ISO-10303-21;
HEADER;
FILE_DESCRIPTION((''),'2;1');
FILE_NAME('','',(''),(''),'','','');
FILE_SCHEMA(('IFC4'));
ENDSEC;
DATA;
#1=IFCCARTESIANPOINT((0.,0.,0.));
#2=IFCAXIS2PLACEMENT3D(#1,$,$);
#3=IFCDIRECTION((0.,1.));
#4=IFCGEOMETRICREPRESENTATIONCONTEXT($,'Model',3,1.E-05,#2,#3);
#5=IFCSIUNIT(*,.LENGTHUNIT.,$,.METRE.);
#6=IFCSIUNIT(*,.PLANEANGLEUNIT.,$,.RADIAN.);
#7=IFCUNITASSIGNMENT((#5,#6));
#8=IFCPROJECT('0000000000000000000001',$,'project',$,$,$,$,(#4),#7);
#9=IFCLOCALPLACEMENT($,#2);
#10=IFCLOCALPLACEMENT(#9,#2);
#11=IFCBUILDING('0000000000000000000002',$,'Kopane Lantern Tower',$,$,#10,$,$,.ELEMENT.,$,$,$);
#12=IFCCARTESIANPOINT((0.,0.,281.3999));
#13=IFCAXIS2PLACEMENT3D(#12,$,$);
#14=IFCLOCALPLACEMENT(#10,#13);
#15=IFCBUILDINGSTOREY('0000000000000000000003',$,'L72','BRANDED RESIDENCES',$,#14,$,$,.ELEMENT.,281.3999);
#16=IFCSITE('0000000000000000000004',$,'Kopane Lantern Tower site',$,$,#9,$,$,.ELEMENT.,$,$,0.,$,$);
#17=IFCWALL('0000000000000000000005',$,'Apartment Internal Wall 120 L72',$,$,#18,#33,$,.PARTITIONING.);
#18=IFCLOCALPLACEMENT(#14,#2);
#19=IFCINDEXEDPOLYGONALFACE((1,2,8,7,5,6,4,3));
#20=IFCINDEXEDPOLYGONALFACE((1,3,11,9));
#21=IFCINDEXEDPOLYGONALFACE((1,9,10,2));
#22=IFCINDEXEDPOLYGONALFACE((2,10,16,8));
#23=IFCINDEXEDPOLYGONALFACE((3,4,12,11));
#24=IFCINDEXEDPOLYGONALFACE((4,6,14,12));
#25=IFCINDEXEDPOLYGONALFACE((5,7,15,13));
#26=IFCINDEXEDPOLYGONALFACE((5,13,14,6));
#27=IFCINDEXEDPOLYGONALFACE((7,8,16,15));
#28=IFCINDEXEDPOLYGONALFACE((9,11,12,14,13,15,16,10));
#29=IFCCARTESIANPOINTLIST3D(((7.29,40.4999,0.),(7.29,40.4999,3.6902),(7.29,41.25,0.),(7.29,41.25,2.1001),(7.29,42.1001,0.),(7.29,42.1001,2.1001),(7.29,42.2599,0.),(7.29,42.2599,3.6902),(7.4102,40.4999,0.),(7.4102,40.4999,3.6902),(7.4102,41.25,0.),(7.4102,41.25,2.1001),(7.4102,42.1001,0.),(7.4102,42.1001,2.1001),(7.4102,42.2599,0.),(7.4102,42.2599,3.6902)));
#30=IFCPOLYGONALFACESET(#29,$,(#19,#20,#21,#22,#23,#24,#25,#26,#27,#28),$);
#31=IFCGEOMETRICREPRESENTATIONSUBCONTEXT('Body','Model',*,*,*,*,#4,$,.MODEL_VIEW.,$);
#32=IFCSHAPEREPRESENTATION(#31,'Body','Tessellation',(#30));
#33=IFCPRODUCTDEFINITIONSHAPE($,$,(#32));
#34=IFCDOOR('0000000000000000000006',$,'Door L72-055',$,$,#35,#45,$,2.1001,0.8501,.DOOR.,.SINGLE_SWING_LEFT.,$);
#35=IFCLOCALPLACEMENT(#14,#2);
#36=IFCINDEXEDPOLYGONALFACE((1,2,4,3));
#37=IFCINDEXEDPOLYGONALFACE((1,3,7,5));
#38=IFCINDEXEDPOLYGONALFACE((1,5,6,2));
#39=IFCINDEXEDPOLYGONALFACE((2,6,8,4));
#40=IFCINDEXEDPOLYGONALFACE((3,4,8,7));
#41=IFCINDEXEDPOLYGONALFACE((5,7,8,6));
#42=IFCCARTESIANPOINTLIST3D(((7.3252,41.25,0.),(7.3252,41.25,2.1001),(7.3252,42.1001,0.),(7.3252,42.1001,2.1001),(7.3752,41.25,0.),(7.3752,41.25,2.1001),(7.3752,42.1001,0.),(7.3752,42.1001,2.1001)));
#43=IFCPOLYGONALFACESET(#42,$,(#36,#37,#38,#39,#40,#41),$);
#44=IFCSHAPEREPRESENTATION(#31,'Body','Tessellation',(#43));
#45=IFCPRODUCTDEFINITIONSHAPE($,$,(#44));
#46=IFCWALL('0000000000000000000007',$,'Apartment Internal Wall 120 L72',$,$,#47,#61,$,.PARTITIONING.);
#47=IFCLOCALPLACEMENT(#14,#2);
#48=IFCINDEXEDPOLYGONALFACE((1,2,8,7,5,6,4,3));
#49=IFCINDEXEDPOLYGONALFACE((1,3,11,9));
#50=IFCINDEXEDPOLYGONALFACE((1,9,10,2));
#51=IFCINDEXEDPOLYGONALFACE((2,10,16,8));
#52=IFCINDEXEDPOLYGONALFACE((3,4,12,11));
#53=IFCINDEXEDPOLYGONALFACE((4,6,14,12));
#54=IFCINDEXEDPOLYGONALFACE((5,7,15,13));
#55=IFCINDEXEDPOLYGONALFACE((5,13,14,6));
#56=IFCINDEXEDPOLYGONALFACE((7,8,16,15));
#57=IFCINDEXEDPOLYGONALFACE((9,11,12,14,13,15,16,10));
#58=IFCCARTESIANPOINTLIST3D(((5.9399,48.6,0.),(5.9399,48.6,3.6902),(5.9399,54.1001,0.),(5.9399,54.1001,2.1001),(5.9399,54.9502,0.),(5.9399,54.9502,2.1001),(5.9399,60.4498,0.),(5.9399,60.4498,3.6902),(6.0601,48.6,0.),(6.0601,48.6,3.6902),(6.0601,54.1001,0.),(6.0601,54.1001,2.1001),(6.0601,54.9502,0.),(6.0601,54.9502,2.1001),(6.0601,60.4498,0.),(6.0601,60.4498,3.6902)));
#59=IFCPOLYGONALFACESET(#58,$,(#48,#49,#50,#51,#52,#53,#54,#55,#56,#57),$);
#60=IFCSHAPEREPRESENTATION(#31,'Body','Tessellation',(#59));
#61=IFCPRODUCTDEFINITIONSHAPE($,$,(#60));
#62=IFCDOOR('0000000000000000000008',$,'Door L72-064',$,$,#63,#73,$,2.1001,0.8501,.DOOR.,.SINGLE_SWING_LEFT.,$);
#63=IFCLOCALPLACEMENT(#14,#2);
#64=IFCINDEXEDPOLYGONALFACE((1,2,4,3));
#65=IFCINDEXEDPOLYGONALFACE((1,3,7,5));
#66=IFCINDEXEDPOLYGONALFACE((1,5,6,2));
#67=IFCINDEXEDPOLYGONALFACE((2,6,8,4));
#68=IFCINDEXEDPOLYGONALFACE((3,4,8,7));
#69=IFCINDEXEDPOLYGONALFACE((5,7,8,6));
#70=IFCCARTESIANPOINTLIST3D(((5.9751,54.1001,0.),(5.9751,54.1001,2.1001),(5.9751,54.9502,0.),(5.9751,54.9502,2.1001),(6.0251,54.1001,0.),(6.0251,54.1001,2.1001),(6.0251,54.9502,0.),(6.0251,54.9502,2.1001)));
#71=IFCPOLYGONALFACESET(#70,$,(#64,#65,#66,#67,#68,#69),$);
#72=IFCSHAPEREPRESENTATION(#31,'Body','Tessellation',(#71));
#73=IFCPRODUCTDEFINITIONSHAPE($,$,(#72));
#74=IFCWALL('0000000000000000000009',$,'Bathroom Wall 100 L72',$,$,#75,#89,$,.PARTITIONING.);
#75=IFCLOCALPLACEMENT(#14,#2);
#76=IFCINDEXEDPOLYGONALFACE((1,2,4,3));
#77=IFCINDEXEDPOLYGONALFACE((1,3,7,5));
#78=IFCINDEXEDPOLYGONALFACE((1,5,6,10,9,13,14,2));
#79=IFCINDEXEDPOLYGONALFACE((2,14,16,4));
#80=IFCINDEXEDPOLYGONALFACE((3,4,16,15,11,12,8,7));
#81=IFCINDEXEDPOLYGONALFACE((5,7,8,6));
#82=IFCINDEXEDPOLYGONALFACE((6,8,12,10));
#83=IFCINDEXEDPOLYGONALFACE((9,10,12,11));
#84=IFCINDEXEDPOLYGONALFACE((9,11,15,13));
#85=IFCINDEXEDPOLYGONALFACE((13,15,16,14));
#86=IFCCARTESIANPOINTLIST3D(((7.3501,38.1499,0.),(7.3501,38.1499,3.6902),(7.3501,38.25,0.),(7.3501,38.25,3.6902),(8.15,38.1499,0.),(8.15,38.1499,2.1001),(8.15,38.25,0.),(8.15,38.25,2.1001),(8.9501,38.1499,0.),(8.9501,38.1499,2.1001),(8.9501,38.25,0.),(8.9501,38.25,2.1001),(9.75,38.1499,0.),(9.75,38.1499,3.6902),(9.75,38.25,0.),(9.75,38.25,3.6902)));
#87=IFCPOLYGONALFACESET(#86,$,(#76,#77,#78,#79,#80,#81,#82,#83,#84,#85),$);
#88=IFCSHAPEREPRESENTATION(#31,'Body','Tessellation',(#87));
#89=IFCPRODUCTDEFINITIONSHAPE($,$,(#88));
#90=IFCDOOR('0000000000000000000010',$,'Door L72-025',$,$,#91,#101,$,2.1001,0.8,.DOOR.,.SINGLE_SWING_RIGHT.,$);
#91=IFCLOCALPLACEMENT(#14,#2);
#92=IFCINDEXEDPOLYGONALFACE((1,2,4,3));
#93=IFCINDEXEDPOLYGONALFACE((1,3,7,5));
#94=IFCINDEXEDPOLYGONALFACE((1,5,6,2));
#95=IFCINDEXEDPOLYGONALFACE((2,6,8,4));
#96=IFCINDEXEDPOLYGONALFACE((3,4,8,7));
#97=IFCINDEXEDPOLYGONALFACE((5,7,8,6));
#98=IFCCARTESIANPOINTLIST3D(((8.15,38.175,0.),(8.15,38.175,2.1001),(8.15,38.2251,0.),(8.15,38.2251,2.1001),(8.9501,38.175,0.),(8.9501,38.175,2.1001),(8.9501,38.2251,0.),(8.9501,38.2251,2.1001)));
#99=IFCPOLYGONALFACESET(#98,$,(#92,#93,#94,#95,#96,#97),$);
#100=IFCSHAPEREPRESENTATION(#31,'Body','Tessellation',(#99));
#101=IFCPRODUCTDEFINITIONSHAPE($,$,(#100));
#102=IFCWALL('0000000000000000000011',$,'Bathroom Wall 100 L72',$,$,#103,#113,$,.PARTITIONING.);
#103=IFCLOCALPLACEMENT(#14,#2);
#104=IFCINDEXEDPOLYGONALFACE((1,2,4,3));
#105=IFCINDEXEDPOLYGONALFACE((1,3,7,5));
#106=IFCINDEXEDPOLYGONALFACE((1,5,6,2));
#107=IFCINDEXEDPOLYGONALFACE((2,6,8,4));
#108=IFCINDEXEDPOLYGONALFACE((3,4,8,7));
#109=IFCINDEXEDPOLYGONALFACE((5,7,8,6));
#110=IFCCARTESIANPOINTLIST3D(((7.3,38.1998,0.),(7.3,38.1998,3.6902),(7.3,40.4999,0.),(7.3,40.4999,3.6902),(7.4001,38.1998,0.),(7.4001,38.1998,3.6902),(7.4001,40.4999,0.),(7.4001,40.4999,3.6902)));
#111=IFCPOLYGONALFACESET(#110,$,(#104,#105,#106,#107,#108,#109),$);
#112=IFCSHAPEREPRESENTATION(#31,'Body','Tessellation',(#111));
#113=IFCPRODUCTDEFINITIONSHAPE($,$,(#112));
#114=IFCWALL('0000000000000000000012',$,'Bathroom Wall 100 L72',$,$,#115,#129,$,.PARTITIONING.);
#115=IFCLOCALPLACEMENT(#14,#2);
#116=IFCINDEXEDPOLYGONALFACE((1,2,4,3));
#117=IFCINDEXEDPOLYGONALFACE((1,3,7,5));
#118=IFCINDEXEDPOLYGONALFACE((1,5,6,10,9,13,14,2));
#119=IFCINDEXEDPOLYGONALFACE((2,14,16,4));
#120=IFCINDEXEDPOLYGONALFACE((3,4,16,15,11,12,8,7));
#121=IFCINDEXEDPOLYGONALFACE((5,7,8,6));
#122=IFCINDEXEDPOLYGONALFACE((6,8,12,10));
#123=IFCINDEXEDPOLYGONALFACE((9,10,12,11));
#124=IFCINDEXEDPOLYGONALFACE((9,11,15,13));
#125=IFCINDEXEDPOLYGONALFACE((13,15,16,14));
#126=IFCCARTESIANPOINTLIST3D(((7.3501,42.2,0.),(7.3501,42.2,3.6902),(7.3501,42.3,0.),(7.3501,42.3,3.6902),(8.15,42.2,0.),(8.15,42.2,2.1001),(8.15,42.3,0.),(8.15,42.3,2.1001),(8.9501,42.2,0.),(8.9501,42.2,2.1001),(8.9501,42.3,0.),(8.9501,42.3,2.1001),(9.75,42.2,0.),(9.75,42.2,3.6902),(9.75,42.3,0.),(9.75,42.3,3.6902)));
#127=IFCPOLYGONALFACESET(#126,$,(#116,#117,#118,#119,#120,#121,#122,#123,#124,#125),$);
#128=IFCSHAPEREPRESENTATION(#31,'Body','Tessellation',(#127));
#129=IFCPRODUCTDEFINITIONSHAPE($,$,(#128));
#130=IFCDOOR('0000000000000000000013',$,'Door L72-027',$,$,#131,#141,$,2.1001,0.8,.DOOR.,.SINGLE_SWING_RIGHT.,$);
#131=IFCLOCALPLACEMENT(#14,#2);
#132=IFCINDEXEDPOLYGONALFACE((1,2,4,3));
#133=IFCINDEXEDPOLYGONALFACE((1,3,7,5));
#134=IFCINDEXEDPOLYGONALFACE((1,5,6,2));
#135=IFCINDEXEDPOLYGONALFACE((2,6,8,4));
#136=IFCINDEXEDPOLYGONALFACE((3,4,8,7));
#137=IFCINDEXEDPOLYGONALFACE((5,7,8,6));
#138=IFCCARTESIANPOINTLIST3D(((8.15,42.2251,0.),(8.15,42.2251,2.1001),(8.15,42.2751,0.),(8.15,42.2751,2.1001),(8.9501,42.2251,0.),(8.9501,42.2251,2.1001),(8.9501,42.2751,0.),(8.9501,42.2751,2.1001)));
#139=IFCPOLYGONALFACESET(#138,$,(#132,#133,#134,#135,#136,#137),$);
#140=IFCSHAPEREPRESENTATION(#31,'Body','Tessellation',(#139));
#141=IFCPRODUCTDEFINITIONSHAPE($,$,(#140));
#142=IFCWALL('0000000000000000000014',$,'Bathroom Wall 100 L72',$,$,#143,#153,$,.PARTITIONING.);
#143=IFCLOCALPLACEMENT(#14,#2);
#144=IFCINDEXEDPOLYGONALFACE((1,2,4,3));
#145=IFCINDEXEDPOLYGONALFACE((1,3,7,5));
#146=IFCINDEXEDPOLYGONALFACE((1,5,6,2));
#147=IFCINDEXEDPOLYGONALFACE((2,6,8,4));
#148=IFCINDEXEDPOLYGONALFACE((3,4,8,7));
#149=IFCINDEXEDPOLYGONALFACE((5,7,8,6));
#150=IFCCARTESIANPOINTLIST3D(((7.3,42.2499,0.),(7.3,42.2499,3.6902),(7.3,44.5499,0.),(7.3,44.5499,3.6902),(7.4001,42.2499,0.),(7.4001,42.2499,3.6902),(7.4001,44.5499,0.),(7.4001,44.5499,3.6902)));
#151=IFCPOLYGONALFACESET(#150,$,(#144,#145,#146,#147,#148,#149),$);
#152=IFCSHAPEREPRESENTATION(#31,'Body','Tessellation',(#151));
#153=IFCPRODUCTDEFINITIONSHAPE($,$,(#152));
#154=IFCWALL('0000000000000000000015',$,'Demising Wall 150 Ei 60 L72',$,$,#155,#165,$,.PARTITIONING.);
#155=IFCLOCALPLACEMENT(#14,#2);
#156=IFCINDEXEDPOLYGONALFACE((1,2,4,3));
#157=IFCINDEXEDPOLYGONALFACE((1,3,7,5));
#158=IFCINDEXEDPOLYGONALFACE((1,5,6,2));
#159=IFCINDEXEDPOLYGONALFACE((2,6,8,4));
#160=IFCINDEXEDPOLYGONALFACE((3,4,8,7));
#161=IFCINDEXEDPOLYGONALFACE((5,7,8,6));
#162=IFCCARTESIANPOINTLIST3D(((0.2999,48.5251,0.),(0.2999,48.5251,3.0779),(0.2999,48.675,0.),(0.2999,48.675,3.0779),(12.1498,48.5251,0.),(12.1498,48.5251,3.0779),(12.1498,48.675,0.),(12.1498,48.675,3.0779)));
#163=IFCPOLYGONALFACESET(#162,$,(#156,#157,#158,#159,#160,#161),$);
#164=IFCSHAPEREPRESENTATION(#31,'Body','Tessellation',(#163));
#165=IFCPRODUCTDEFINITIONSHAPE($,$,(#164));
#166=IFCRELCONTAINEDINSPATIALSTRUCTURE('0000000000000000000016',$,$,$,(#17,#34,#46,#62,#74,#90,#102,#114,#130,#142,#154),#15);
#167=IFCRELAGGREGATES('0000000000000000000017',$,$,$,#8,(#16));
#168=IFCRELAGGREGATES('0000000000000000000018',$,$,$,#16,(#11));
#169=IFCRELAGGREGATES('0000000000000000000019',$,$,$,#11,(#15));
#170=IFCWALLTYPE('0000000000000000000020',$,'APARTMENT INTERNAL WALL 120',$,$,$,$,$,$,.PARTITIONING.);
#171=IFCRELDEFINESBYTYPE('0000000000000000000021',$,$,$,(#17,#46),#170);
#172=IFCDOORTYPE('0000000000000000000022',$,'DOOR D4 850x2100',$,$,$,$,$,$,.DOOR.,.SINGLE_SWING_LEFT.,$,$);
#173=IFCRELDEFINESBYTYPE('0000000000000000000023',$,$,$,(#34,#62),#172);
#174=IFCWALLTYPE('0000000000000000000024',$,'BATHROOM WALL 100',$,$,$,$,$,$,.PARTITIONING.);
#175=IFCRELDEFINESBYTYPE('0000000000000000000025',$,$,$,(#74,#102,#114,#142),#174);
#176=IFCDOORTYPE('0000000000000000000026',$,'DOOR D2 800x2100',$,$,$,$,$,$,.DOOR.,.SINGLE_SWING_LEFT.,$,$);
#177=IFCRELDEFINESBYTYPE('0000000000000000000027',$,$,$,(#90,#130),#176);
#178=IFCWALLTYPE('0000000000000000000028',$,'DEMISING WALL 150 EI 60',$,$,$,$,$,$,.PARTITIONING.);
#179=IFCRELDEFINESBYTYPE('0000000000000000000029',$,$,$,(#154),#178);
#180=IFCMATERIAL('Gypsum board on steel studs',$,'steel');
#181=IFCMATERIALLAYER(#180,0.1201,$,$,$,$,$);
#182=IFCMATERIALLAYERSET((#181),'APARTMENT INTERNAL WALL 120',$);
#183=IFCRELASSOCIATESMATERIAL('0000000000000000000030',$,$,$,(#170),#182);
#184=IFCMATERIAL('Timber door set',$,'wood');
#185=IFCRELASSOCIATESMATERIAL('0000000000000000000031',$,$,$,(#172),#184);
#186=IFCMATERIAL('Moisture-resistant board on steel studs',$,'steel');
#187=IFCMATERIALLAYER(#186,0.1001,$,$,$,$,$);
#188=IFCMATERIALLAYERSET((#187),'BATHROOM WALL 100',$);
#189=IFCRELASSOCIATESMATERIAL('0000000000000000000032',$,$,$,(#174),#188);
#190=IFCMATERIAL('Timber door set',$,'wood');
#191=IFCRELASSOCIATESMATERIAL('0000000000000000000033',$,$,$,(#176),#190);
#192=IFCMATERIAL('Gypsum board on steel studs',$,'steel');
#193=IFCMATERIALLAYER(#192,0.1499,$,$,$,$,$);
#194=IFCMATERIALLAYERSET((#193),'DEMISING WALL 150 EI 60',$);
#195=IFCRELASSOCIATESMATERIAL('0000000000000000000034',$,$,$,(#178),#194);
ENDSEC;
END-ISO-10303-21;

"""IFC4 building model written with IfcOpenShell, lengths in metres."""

from ifc_helpers import new_model, si_unit, direction, frame, frame_2d, origin, place, context, subcontext, project, spatial, rectangle, extrude, material, layer, layer_set, type_object, element, fill, save


model = new_model("IFC4")

# Units and contexts
model_context = context("Model", 3, precision=1e-05, world=origin(), true_north=direction((0.0, 1.0)))
body_context = subcontext(model_context, "Body", "Model", "MODEL_VIEW")
ifc_project = project(units=[si_unit("LENGTHUNIT", "METRE"), si_unit("PLANEANGLEUNIT", "RADIAN")], contexts=[model_context])

# Site, building, storey
site_placement = place(None, origin())
site = spatial("IfcSite", under=ifc_project, at=site_placement, Name="Kopane Lantern Tower site", CompositionType="ELEMENT", RefElevation=0.0)
building_placement = place(site_placement, origin())
building = spatial("IfcBuilding", under=site, at=building_placement, Name="Kopane Lantern Tower", CompositionType="ELEMENT")
storey_placement = place(building_placement, frame((0.0, 0.0, 281.3999)))
storey = spatial("IfcBuildingStorey", under=building, at=storey_placement, Name="L72", Description="BRANDED RESIDENCES", CompositionType="ELEMENT", Elevation=281.3999)

# Shared definitions
ifc_material_1 = material(Name="Gypsum board on steel studs", Category="steel")
ifc_layer_1 = layer(ifc_material_1, 0.1201)
ifc_layer_set_1 = layer_set([ifc_layer_1], Name="APARTMENT INTERNAL WALL 120")
wall_type_1 = type_object("IfcWallType", Name="APARTMENT INTERNAL WALL 120", PredefinedType="PARTITIONING", material=ifc_layer_set_1)

# Walls, openings, doors
wall_1_placement = place(storey_placement, frame((7.3501, 40.5, 0.0), z_axis=(0.0, 0.0, 1.0), x_axis=(0.0, 1.0, 0.0)))
wall_1 = element("IfcWall", 1, at=wall_1_placement, inside=storey, type_object=wall_type_1, Name="Apartment Internal Wall 120 L72", PredefinedType="PARTITIONING", context=body_context, shape_type="SweptSolid", body=[
    extrude(rectangle(XDim=1.76, YDim=0.1201, at=frame_2d((0.8799, 0.0))), origin(), (0.0, 0.0, 1.0), 3.6902),
])
opening_1_placement = place(wall_1_placement, frame((0.75, 0.0, 0.0)))
opening_1 = element("IfcOpeningElement", 2, at=opening_1_placement, cuts=wall_1, PredefinedType="OPENING", context=body_context, shape_type="SweptSolid", body=[
    extrude(rectangle(XDim=0.8501, YDim=2.1001, at=frame_2d((0.425, 1.05))), frame((0.0, 0.0701, 0.0), z_axis=(0.0, -1.0, 0.0), x_axis=(1.0, 0.0, 0.0)), (0.0, 0.0, 1.0), 0.1401),
])
ifc_material_2 = material(Name="Timber door set", Category="wood")
door_type_1 = type_object("IfcDoorType", Name="DOOR D4 850x2100", OperationType="SINGLE_SWING_LEFT", PredefinedType="DOOR", material=ifc_material_2)
door_1_placement = place(opening_1_placement, origin())
door_1 = element("IfcDoor", 3, at=door_1_placement, inside=storey, type_object=door_type_1, Name="Door L72-055", OperationType="SINGLE_SWING_LEFT", OverallHeight=2.1001, OverallWidth=0.8501, PredefinedType="DOOR", context=body_context, shape_type="SweptSolid", body=[
    extrude(rectangle(XDim=0.8501, YDim=2.1001, at=frame_2d((0.425, 1.05))), frame((0.0, 0.0249, 0.0), z_axis=(0.0, -1.0, 0.0), x_axis=(1.0, 0.0, 0.0)), (0.0, 0.0, 1.0), 0.05),
])
fill(opening_1, door_1)
wall_2_placement = place(storey_placement, frame((6.0, 48.6001, 0.0), z_axis=(0.0, 0.0, 1.0), x_axis=(0.0, 1.0, 0.0)))
wall_2 = element("IfcWall", 4, at=wall_2_placement, inside=storey, type_object=wall_type_1, Name="Apartment Internal Wall 120 L72", PredefinedType="PARTITIONING", context=body_context, shape_type="SweptSolid", body=[
    extrude(rectangle(XDim=11.8499, YDim=0.1201, at=frame_2d((5.9248, 0.0))), origin(), (0.0, 0.0, 1.0), 3.6902),
])
opening_2_placement = place(wall_2_placement, frame((5.5, 0.0, 0.0)))
opening_2 = element("IfcOpeningElement", 5, at=opening_2_placement, cuts=wall_2, PredefinedType="OPENING", context=body_context, shape_type="SweptSolid", body=[
    extrude(rectangle(XDim=0.8501, YDim=2.1001, at=frame_2d((0.425, 1.05))), frame((0.0, 0.0701, 0.0), z_axis=(0.0, -1.0, 0.0), x_axis=(1.0, 0.0, 0.0)), (0.0, 0.0, 1.0), 0.1401),
])
door_2_placement = place(opening_2_placement, origin())
door_2 = element("IfcDoor", 6, at=door_2_placement, inside=storey, type_object=door_type_1, Name="Door L72-064", OperationType="SINGLE_SWING_LEFT", OverallHeight=2.1001, OverallWidth=0.8501, PredefinedType="DOOR", context=body_context, shape_type="SweptSolid", body=[
    extrude(rectangle(XDim=0.8501, YDim=2.1001, at=frame_2d((0.425, 1.05))), frame((0.0, 0.0249, 0.0), z_axis=(0.0, -1.0, 0.0), x_axis=(1.0, 0.0, 0.0)), (0.0, 0.0, 1.0), 0.05),
])
fill(opening_2, door_2)
ifc_material_3 = material(Name="Moisture-resistant board on steel studs", Category="steel")
ifc_layer_2 = layer(ifc_material_3, 0.1001)
ifc_layer_set_2 = layer_set([ifc_layer_2], Name="BATHROOM WALL 100")
wall_type_2 = type_object("IfcWallType", Name="BATHROOM WALL 100", PredefinedType="PARTITIONING", material=ifc_layer_set_2)
wall_3_placement = place(storey_placement, frame((9.75, 38.2, 0.0), z_axis=(0.0, 0.0, 1.0), x_axis=(-1.0, 0.0, 0.0)))
wall_3 = element("IfcWall", 7, at=wall_3_placement, inside=storey, type_object=wall_type_2, Name="Bathroom Wall 100 L72", PredefinedType="PARTITIONING", context=body_context, shape_type="SweptSolid", body=[
    extrude(rectangle(XDim=2.3999, YDim=0.1001, at=frame_2d((1.2, 0.0))), origin(), (0.0, 0.0, 1.0), 3.6902),
])
opening_3_placement = place(wall_3_placement, frame((0.8, 0.0, 0.0)))
opening_3 = element("IfcOpeningElement", 8, at=opening_3_placement, cuts=wall_3, PredefinedType="OPENING", context=body_context, shape_type="SweptSolid", body=[
    extrude(rectangle(XDim=0.8, YDim=2.1001, at=frame_2d((0.3999, 1.05))), frame((0.0, 0.0601, 0.0), z_axis=(0.0, -1.0, 0.0), x_axis=(1.0, 0.0, 0.0)), (0.0, 0.0, 1.0), 0.1201),
])
ifc_material_4 = material(Name="Timber door set", Category="wood")
door_type_2 = type_object("IfcDoorType", Name="DOOR D2 800x2100", OperationType="SINGLE_SWING_LEFT", PredefinedType="DOOR", material=ifc_material_4)
door_3_placement = place(opening_3_placement, origin())
door_3 = element("IfcDoor", 9, at=door_3_placement, inside=storey, type_object=door_type_2, Name="Door L72-025", OperationType="SINGLE_SWING_RIGHT", OverallHeight=2.1001, OverallWidth=0.8, PredefinedType="DOOR", context=body_context, shape_type="SweptSolid", body=[
    extrude(rectangle(XDim=0.8, YDim=2.1001, at=frame_2d((0.3999, 1.05))), frame((0.0, 0.0249, 0.0), z_axis=(0.0, -1.0, 0.0), x_axis=(1.0, 0.0, 0.0)), (0.0, 0.0, 1.0), 0.05),
])
fill(opening_3, door_3)

# Wall
wall_4_placement = place(storey_placement, frame((7.3501, 38.2, 0.0), z_axis=(0.0, 0.0, 1.0), x_axis=(0.0, 1.0, 0.0)))
element("IfcWall", 10, at=wall_4_placement, inside=storey, type_object=wall_type_2, Name="Bathroom Wall 100 L72", PredefinedType="PARTITIONING", context=body_context, shape_type="SweptSolid", body=[
    extrude(rectangle(XDim=2.3, YDim=0.1001, at=frame_2d((1.1499, 0.0))), origin(), (0.0, 0.0, 1.0), 3.6902),
])

# Wall, opening, door
wall_5_placement = place(storey_placement, frame((9.75, 42.25, 0.0), z_axis=(0.0, 0.0, 1.0), x_axis=(-1.0, 0.0, 0.0)))
wall_5 = element("IfcWall", 11, at=wall_5_placement, inside=storey, type_object=wall_type_2, Name="Bathroom Wall 100 L72", PredefinedType="PARTITIONING", context=body_context, shape_type="SweptSolid", body=[
    extrude(rectangle(XDim=2.3999, YDim=0.1001, at=frame_2d((1.2, 0.0))), origin(), (0.0, 0.0, 1.0), 3.6902),
])
opening_4_placement = place(wall_5_placement, frame((0.8, 0.0, 0.0)))
opening_4 = element("IfcOpeningElement", 12, at=opening_4_placement, cuts=wall_5, PredefinedType="OPENING", context=body_context, shape_type="SweptSolid", body=[
    extrude(rectangle(XDim=0.8, YDim=2.1001, at=frame_2d((0.3999, 1.05))), frame((0.0, 0.0601, 0.0), z_axis=(0.0, -1.0, 0.0), x_axis=(1.0, 0.0, 0.0)), (0.0, 0.0, 1.0), 0.1201),
])
door_4_placement = place(opening_4_placement, origin())
door_4 = element("IfcDoor", 13, at=door_4_placement, inside=storey, type_object=door_type_2, Name="Door L72-027", OperationType="SINGLE_SWING_RIGHT", OverallHeight=2.1001, OverallWidth=0.8, PredefinedType="DOOR", context=body_context, shape_type="SweptSolid", body=[
    extrude(rectangle(XDim=0.8, YDim=2.1001, at=frame_2d((0.3999, 1.05))), frame((0.0, 0.0249, 0.0), z_axis=(0.0, -1.0, 0.0), x_axis=(1.0, 0.0, 0.0)), (0.0, 0.0, 1.0), 0.05),
])
fill(opening_4, door_4)

# Walls
wall_6_placement = place(storey_placement, frame((7.3501, 42.25, 0.0), z_axis=(0.0, 0.0, 1.0), x_axis=(0.0, 1.0, 0.0)))
element("IfcWall", 14, at=wall_6_placement, inside=storey, type_object=wall_type_2, Name="Bathroom Wall 100 L72", PredefinedType="PARTITIONING", context=body_context, shape_type="SweptSolid", body=[
    extrude(rectangle(XDim=2.3, YDim=0.1001, at=frame_2d((1.1499, 0.0))), origin(), (0.0, 0.0, 1.0), 3.6902),
])
ifc_material_5 = material(Name="Gypsum board on steel studs", Category="steel")
ifc_layer_3 = layer(ifc_material_5, 0.1499)
ifc_layer_set_3 = layer_set([ifc_layer_3], Name="DEMISING WALL 150 EI 60")
wall_type_3 = type_object("IfcWallType", Name="DEMISING WALL 150 EI 60", PredefinedType="PARTITIONING", material=ifc_layer_set_3)
wall_7_placement = place(storey_placement, frame((0.3, 48.6001, 0.0), z_axis=(0.0, 0.0, 1.0), x_axis=(1.0, 0.0, 0.0)))
element("IfcWall", 15, at=wall_7_placement, inside=storey, type_object=wall_type_3, Name="Demising Wall 150 Ei 60 L72", PredefinedType="PARTITIONING", context=body_context, shape_type="SweptSolid", body=[
    extrude(rectangle(XDim=11.8499, YDim=0.1499, at=frame_2d((5.9248, 0.0))), origin(), (0.0, 0.0, 1.0), 3.0779),
])

save(model, "model.ifc")
